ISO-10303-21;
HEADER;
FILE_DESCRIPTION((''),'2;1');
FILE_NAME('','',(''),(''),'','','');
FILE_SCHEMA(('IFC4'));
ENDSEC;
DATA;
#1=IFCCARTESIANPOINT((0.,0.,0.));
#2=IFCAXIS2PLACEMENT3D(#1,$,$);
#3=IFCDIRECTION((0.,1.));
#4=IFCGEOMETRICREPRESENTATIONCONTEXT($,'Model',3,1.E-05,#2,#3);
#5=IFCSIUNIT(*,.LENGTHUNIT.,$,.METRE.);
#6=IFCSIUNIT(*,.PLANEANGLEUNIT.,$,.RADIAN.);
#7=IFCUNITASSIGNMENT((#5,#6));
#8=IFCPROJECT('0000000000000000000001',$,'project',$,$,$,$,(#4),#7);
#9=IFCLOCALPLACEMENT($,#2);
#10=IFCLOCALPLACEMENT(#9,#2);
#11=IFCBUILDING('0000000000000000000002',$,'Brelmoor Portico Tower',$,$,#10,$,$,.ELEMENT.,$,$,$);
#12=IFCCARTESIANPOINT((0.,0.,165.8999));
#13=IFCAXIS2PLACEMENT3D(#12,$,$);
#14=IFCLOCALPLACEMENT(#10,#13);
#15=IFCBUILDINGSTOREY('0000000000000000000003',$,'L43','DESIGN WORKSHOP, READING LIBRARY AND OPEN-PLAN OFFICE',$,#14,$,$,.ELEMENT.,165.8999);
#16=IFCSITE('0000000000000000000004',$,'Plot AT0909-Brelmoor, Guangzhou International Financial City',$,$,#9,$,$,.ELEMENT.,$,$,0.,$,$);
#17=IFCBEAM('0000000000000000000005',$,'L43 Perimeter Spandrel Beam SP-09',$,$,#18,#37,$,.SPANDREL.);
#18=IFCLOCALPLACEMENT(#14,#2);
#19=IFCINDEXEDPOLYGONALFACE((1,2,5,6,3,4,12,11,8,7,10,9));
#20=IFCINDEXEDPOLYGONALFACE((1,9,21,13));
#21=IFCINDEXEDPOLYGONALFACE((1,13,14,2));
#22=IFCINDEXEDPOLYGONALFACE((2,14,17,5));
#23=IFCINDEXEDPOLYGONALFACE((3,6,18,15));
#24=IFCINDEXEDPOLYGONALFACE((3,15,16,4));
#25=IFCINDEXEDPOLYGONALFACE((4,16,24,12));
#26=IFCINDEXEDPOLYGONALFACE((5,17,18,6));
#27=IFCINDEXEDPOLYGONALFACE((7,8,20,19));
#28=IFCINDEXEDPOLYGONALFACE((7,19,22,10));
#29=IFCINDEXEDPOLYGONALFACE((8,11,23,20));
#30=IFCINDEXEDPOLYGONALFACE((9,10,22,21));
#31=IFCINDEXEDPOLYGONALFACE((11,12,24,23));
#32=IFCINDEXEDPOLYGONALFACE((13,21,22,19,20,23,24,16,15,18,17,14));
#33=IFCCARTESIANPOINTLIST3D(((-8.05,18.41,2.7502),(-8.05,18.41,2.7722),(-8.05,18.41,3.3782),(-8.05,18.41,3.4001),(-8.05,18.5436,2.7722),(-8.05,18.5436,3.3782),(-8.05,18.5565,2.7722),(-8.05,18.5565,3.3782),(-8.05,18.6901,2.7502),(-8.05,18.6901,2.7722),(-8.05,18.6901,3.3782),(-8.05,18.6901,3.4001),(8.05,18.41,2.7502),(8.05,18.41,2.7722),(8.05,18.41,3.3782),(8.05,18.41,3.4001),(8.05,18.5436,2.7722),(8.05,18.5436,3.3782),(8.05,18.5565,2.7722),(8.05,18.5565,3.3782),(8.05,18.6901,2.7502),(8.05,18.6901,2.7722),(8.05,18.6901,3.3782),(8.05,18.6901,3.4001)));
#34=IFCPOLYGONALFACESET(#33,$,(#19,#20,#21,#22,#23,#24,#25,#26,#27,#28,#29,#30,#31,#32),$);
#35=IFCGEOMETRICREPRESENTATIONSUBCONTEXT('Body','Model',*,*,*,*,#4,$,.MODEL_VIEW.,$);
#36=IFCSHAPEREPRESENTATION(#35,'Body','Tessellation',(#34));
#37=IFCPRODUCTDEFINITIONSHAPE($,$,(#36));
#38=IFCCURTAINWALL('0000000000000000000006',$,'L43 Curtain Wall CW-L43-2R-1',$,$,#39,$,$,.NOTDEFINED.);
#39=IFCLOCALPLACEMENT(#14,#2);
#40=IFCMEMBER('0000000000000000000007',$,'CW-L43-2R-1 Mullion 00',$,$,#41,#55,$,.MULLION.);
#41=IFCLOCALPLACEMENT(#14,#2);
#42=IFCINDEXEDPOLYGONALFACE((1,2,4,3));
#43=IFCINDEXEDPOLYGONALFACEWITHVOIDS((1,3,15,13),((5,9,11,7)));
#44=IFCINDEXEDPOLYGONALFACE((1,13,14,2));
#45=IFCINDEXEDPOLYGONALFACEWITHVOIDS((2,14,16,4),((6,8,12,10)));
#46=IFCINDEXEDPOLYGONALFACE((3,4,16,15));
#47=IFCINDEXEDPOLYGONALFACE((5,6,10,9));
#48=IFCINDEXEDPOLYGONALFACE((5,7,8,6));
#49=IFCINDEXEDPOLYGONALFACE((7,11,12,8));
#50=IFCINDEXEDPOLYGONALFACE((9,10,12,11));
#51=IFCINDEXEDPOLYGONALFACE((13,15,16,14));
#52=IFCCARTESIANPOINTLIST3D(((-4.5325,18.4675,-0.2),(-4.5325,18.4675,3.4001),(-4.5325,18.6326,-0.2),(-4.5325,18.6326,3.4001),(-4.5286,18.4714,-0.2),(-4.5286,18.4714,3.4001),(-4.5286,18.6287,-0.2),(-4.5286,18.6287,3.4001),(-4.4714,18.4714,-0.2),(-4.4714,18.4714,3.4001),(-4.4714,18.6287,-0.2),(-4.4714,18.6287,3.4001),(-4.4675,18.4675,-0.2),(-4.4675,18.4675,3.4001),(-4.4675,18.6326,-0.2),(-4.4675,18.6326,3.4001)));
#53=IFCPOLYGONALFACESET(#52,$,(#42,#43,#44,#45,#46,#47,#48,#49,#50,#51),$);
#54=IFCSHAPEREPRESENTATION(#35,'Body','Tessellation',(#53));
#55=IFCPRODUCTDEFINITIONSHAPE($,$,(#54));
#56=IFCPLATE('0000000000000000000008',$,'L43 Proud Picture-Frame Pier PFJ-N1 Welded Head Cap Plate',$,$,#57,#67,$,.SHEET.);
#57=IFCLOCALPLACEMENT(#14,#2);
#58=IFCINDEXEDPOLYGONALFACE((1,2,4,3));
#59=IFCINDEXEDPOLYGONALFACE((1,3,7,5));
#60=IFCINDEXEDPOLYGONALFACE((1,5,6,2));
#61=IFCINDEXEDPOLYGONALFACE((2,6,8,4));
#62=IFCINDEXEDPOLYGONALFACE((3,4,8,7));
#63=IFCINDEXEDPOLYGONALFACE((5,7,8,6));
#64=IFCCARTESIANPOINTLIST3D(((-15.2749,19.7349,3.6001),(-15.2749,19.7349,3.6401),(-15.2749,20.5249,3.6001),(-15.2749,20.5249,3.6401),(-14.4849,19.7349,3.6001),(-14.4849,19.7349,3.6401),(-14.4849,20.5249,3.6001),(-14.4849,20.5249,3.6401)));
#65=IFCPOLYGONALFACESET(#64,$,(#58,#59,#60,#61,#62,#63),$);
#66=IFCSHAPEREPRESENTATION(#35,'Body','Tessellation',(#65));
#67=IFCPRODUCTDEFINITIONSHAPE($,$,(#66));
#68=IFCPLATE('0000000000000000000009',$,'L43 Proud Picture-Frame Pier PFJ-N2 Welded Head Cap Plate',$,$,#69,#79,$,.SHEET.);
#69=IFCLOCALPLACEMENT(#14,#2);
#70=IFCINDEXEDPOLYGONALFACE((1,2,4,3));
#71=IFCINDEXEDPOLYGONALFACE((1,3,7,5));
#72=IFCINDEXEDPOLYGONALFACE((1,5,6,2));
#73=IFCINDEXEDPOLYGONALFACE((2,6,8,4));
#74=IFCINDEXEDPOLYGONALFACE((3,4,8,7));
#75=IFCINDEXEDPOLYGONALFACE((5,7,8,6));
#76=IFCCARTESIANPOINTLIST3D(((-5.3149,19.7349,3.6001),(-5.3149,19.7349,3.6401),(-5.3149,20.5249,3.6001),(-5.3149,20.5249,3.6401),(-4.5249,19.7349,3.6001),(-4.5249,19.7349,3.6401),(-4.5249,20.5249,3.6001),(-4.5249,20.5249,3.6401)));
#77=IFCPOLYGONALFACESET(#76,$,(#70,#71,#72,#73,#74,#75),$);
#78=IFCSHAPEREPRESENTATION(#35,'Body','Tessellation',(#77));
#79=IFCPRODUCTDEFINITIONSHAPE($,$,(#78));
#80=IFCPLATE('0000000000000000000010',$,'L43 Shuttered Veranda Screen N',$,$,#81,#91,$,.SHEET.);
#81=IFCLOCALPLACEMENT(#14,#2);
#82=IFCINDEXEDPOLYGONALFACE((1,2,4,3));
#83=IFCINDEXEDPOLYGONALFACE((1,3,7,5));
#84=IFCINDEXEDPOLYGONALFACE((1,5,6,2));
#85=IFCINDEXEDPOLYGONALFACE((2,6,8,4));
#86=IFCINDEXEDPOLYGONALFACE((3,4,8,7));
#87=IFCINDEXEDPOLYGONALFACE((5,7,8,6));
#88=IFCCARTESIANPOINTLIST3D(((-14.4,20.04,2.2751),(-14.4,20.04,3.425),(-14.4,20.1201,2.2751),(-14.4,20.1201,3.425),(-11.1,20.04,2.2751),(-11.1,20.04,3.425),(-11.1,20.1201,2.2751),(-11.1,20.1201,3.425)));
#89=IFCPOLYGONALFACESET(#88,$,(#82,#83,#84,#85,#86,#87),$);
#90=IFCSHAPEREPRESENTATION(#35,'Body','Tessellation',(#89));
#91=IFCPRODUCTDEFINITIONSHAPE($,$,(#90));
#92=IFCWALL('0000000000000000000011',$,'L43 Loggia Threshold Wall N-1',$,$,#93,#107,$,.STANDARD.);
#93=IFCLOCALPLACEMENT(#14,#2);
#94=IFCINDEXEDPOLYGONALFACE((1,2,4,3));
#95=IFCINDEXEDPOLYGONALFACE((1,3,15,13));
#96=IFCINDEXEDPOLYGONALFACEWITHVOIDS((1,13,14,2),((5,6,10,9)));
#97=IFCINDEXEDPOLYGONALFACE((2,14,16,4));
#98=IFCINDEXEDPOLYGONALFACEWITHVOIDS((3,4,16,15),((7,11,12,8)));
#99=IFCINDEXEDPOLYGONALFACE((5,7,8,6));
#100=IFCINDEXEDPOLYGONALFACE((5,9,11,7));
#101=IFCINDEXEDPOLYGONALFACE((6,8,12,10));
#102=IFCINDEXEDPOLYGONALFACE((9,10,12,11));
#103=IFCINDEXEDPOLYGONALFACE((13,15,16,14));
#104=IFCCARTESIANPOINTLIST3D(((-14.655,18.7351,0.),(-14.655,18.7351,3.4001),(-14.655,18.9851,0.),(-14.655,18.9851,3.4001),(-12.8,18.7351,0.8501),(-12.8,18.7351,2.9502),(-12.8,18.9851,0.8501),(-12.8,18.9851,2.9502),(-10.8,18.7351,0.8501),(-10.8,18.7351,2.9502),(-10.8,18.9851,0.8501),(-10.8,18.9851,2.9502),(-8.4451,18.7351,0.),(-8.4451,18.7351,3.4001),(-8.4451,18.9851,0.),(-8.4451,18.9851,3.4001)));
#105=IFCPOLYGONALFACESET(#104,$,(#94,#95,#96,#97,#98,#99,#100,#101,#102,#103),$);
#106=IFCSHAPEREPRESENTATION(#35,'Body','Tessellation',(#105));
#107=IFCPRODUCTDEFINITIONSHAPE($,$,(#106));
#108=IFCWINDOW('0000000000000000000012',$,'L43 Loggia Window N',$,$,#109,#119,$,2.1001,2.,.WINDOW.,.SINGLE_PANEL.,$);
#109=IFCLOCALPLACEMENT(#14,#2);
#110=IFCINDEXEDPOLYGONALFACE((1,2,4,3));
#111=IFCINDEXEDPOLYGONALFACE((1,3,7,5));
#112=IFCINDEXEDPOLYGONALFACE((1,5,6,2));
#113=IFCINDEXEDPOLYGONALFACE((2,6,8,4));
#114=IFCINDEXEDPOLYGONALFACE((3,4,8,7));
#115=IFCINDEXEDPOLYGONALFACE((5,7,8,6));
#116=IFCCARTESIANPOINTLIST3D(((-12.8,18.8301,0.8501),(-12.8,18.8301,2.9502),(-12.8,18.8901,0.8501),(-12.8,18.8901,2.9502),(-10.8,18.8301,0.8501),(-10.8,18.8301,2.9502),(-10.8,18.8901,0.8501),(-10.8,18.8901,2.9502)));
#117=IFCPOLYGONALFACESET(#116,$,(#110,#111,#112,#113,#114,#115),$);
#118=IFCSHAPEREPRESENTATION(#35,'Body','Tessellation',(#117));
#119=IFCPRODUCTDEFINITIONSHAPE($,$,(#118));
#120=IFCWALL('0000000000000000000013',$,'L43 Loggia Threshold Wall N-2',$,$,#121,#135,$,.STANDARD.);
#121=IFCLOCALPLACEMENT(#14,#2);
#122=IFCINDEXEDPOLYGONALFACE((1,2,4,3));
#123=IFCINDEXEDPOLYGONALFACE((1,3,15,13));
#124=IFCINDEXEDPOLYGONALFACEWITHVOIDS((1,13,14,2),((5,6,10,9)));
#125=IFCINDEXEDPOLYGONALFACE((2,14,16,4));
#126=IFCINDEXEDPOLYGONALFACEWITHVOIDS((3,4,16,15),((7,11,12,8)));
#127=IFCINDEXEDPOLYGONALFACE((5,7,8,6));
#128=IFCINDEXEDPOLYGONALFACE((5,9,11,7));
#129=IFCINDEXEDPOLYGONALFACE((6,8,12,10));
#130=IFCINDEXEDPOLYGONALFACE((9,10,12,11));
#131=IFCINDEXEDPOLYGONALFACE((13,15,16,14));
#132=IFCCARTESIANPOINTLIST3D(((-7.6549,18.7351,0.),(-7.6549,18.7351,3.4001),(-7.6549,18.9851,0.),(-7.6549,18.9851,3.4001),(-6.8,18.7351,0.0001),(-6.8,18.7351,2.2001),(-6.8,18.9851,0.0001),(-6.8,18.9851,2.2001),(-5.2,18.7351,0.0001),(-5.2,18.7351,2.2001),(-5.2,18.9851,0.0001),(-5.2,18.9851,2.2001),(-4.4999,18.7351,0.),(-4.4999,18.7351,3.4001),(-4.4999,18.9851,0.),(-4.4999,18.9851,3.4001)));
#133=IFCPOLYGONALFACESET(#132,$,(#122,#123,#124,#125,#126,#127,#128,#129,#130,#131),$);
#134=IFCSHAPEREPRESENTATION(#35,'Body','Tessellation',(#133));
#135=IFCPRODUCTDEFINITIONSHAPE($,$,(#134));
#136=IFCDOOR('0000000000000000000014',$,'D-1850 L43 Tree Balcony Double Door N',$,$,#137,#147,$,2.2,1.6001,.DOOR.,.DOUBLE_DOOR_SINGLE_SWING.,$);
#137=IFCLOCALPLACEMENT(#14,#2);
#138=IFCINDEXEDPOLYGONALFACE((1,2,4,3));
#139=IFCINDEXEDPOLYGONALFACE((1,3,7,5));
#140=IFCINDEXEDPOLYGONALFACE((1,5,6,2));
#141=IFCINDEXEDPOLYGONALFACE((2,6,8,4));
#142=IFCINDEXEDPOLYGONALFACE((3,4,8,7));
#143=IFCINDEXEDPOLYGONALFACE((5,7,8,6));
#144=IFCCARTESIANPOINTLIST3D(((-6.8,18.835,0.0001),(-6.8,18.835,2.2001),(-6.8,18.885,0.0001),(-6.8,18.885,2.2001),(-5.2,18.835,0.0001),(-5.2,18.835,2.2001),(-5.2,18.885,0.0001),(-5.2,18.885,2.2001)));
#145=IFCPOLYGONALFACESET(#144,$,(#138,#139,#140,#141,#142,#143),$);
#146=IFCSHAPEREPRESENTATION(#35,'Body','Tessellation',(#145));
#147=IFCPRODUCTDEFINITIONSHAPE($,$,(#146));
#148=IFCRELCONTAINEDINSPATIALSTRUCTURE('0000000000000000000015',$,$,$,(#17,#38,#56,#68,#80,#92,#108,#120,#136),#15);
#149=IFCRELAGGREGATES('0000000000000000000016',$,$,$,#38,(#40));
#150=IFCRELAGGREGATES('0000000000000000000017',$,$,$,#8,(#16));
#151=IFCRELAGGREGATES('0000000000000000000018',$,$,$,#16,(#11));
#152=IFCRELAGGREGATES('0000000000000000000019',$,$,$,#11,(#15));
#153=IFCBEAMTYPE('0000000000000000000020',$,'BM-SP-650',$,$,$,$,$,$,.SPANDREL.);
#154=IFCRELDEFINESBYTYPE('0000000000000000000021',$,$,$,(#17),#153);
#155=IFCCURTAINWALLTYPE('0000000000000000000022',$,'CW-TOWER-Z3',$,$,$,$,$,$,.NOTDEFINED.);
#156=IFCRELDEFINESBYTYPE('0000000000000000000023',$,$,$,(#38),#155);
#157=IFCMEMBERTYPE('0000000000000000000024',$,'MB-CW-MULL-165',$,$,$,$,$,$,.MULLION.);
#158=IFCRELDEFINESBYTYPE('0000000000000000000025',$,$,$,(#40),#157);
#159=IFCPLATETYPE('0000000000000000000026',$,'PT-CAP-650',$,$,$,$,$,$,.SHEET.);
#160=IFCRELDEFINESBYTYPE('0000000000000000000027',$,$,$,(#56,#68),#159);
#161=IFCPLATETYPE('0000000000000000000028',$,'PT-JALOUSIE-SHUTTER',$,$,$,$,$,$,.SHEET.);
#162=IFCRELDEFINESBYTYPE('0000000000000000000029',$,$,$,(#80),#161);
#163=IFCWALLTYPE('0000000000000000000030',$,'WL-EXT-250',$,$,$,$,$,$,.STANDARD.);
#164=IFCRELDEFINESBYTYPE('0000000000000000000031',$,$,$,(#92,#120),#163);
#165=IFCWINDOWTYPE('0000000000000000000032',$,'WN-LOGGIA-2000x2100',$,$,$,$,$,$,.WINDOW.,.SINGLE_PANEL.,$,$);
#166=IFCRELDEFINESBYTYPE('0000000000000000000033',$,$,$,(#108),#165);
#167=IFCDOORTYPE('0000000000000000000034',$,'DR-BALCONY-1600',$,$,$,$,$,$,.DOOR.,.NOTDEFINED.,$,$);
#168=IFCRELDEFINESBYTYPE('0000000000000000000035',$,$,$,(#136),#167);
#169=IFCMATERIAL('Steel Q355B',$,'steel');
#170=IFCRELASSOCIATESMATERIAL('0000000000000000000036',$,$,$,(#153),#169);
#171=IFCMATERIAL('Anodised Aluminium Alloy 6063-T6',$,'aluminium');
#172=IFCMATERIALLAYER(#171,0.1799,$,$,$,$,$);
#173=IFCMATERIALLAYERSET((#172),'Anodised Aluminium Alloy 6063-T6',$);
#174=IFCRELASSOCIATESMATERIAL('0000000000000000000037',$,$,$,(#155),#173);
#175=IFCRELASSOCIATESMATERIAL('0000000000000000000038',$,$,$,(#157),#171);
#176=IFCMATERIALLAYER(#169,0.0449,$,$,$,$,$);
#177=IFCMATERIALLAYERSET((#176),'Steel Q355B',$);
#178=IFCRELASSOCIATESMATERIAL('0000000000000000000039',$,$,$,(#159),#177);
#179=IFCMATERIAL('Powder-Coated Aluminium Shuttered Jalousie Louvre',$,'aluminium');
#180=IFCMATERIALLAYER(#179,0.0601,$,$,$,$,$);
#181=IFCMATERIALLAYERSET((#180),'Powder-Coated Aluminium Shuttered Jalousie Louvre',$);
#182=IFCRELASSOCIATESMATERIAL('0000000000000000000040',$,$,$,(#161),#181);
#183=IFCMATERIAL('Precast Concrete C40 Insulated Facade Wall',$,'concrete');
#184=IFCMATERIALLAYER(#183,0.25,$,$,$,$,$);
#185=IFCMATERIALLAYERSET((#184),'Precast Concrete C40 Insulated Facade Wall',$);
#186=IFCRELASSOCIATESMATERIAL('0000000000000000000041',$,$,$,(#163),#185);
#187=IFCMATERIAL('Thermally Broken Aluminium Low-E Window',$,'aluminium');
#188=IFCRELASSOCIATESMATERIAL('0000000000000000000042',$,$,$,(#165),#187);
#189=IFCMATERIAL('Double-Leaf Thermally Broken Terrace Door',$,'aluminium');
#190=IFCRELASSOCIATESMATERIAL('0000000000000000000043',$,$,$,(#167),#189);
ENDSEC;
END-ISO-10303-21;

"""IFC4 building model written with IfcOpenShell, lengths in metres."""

from ifc_helpers import new_model, si_unit, direction, frame, frame_2d, origin, origin_2d, place, context, subcontext, project, spatial, rectangle, hollow_rectangle, i_section, extrude, material, layer, layer_set, material_profile, profile_set, type_object, element, fill, aggregate, save


model = new_model("IFC4")

# Units and contexts
model_context = context("Model", 3, precision=1e-05, world=origin(), true_north=direction((0.0, 1.0)))
body_context = subcontext(model_context, "Body", "Model", "MODEL_VIEW")
ifc_project = project(units=[si_unit("LENGTHUNIT", "METRE"), si_unit("PLANEANGLEUNIT", "RADIAN")], contexts=[model_context])

# Site, building, storey
site_placement = place(None, origin())
site = spatial("IfcSite", under=ifc_project, at=site_placement, Name="Plot AT0909-Brelmoor, Guangzhou International Financial City", CompositionType="ELEMENT", RefElevation=0.0)
building_placement = place(site_placement, origin())
building = spatial("IfcBuilding", under=site, at=building_placement, Name="Brelmoor Portico Tower", CompositionType="ELEMENT")
storey_placement = place(building_placement, frame((0.0, 0.0, 165.8999)))
storey = spatial("IfcBuildingStorey", under=building, at=storey_placement, Name="L43", Description="DESIGN WORKSHOP, READING LIBRARY AND OPEN-PLAN OFFICE", CompositionType="ELEMENT", Elevation=165.8999)

# Shared definitions
ifc_material_1 = material(Name="Steel Q355B", Category="steel")

# Beam
ifc_material_profile_1 = material_profile(ifc_material_1, i_section(OverallWidth=0.28, OverallDepth=0.6499, WebThickness=0.0129, FlangeThickness=0.022, at=origin_2d()), Name="HN 650x280x13x22")
ifc_profile_set_1 = profile_set([ifc_material_profile_1], Name="Steel Q355B")
beam_type_1 = type_object("IfcBeamType", Name="BM-SP-650", PredefinedType="SPANDREL", material=ifc_profile_set_1)
beam_1_placement = place(storey_placement, frame((-8.05, 18.55, 3.0752), z_axis=(1.0, 0.0, 0.0), x_axis=(0.0, 1.0, 0.0)))
element("IfcBeam", 1, at=beam_1_placement, inside=storey, type_object=beam_type_1, Name="L43 Perimeter Spandrel Beam SP-09", PredefinedType="SPANDREL", context=body_context, shape_type="SweptSolid", body=[
    extrude(i_section(OverallWidth=0.28, OverallDepth=0.6499, WebThickness=0.0129, FlangeThickness=0.022, at=origin_2d()), origin(), (0.0, 0.0, 1.0), 16.1001),
])

# Curtain wall, member
ifc_material_2 = material(Name="Anodised Aluminium Alloy 6063-T6", Category="aluminium")
ifc_layer_1 = layer(ifc_material_2, 0.1799)
ifc_layer_set_1 = layer_set([ifc_layer_1], Name="Anodised Aluminium Alloy 6063-T6")
curtain_wall_type = type_object("IfcCurtainWallType", Name="CW-TOWER-Z3", PredefinedType="NOTDEFINED", material=ifc_layer_set_1)
curtain_wall_placement = place(storey_placement, origin())
curtain_wall = element("IfcCurtainWall", 2, at=curtain_wall_placement, inside=storey, type_object=curtain_wall_type, Name="L43 Curtain Wall CW-L43-2R-1", PredefinedType="NOTDEFINED")
ifc_material_profile_2 = material_profile(ifc_material_2, hollow_rectangle(XDim=0.0649, YDim=0.165, WallThickness=0.0039, at=origin_2d()), Name="ALU MULLION 65x165")
ifc_profile_set_2 = profile_set([ifc_material_profile_2], Name="Anodised Aluminium Alloy 6063-T6")
member_type = type_object("IfcMemberType", Name="MB-CW-MULL-165", PredefinedType="MULLION", material=ifc_profile_set_2)
member_placement = place(storey_placement, frame((-4.5, 18.55, -0.2), z_axis=(0.0, 0.0, 1.0), x_axis=(1.0, 0.0, 0.0)))
member = element("IfcMember", 3, at=member_placement, type_object=member_type, Name="CW-L43-2R-1 Mullion 00", PredefinedType="MULLION", context=body_context, shape_type="SweptSolid", body=[
    extrude(hollow_rectangle(XDim=0.0649, YDim=0.165, WallThickness=0.0039, at=origin_2d()), origin(), (0.0, 0.0, 1.0), 3.6001),
])
aggregate(curtain_wall, [member])

# Plates
ifc_layer_2 = layer(ifc_material_1, 0.0449)
ifc_layer_set_2 = layer_set([ifc_layer_2], Name="Steel Q355B")
plate_type_1 = type_object("IfcPlateType", Name="PT-CAP-650", PredefinedType="SHEET", material=ifc_layer_set_2)
for number, where, z_axis, x_axis, name in (
    (4, (-14.8799, 20.1299, 3.6001), (0.0, 0.0, 1.0), (1.0, 0.0, 0.0), "L43 Proud Picture-Frame Pier PFJ-N1 Welded Head Cap Plate"),
    (5, (-4.9199, 20.1299, 3.6001), (0.0, 0.0, 1.0), (1.0, 0.0, 0.0), "L43 Proud Picture-Frame Pier PFJ-N2 Welded Head Cap Plate"),
):
    element("IfcPlate", number, at=place(storey_placement, frame(where, z_axis=z_axis, x_axis=x_axis)), inside=storey, type_object=plate_type_1, Name=name, PredefinedType="SHEET", context=body_context, shape_type="SweptSolid", body=[
        extrude(rectangle(XDim=0.79, YDim=0.79, at=origin_2d()), origin(), (0.0, 0.0, 1.0), 0.04),
    ])
ifc_material_3 = material(Name="Powder-Coated Aluminium Shuttered Jalousie Louvre", Category="aluminium")
ifc_layer_3 = layer(ifc_material_3, 0.0601)
ifc_layer_set_3 = layer_set([ifc_layer_3], Name="Powder-Coated Aluminium Shuttered Jalousie Louvre")
plate_type_2 = type_object("IfcPlateType", Name="PT-JALOUSIE-SHUTTER", PredefinedType="SHEET", material=ifc_layer_set_3)
plate_placement = place(storey_placement, frame((-12.75, 20.0801, 2.2751), z_axis=(0.0, 0.0, 1.0), x_axis=(1.0, 0.0, 0.0)))
element("IfcPlate", 6, at=plate_placement, inside=storey, type_object=plate_type_2, Name="L43 Shuttered Veranda Screen N", PredefinedType="SHEET", context=body_context, shape_type="SweptSolid", body=[
    extrude(rectangle(XDim=3.3, YDim=0.0801, at=origin_2d()), origin(), (0.0, 0.0, 1.0), 1.1499),
])

# Wall, opening, window
ifc_material_4 = material(Name="Precast Concrete C40 Insulated Facade Wall", Category="concrete")
ifc_layer_4 = layer(ifc_material_4, 0.25)
ifc_layer_set_4 = layer_set([ifc_layer_4], Name="Precast Concrete C40 Insulated Facade Wall")
wall_type_1 = type_object("IfcWallType", Name="WL-EXT-250", PredefinedType="STANDARD", material=ifc_layer_set_4)
wall_1_placement = place(storey_placement, frame((-14.655, 18.8601, 0.0), z_axis=(0.0, 0.0, 1.0), x_axis=(1.0, 0.0, 0.0)))
wall_1 = element("IfcWall", 7, at=wall_1_placement, inside=storey, type_object=wall_type_1, Name="L43 Loggia Threshold Wall N-1", PredefinedType="STANDARD", context=body_context, shape_type="SweptSolid", body=[
    extrude(rectangle(XDim=6.21, YDim=0.25, at=frame_2d((3.105, 0.0))), origin(), (0.0, 0.0, 1.0), 3.4001),
])
opening_1_placement = place(wall_1_placement, frame((1.855, 0.0, 0.8501)))
opening_1 = element("IfcOpeningElement", 8, at=opening_1_placement, cuts=wall_1, PredefinedType="OPENING", context=body_context, shape_type="SweptSolid", body=[
    extrude(rectangle(XDim=2.0, YDim=2.1001, at=frame_2d((1.0, 1.05))), frame((0.0, 0.135, 0.0), z_axis=(0.0, -1.0, 0.0), x_axis=(1.0, 0.0, 0.0)), (0.0, 0.0, 1.0), 0.27),
])
ifc_material_5 = material(Name="Thermally Broken Aluminium Low-E Window", Category="aluminium")
window_type = type_object("IfcWindowType", Name="WN-LOGGIA-2000x2100", PartitioningType="SINGLE_PANEL", PredefinedType="WINDOW", material=ifc_material_5)
window_placement = place(opening_1_placement, origin())
window = element("IfcWindow", 9, at=window_placement, inside=storey, type_object=window_type, Name="L43 Loggia Window N", OverallHeight=2.1001, OverallWidth=2.0, PartitioningType="SINGLE_PANEL", PredefinedType="WINDOW", context=body_context, shape_type="SweptSolid", body=[
    extrude(rectangle(XDim=2.0, YDim=2.1001, at=frame_2d((1.0, 1.05))), frame((0.0, 0.03, 0.0), z_axis=(0.0, -1.0, 0.0), x_axis=(1.0, 0.0, 0.0)), (0.0, 0.0, 1.0), 0.0601),
])
fill(opening_1, window)

# Wall, opening, door
wall_2_placement = place(storey_placement, frame((-7.655, 18.8601, 0.0), z_axis=(0.0, 0.0, 1.0), x_axis=(1.0, 0.0, 0.0)))
wall_2 = element("IfcWall", 10, at=wall_2_placement, inside=storey, type_object=wall_type_1, Name="L43 Loggia Threshold Wall N-2", PredefinedType="STANDARD", context=body_context, shape_type="SweptSolid", body=[
    extrude(rectangle(XDim=3.155, YDim=0.25, at=frame_2d((1.5776, 0.0))), origin(), (0.0, 0.0, 1.0), 3.4001),
])
opening_2_placement = place(wall_2_placement, frame((0.855, 0.0, 0.0)))
opening_2 = element("IfcOpeningElement", 11, at=opening_2_placement, cuts=wall_2, PredefinedType="OPENING", context=body_context, shape_type="SweptSolid", body=[
    extrude(rectangle(XDim=1.6001, YDim=2.2, at=frame_2d((0.8, 1.1001))), frame((0.0, 0.135, 0.0), z_axis=(0.0, -1.0, 0.0), x_axis=(1.0, 0.0, 0.0)), (0.0, 0.0, 1.0), 0.27),
])
ifc_material_6 = material(Name="Double-Leaf Thermally Broken Terrace Door", Category="aluminium")
door_type_1 = type_object("IfcDoorType", Name="DR-BALCONY-1600", OperationType="NOTDEFINED", PredefinedType="DOOR", material=ifc_material_6)
door_1_placement = place(opening_2_placement, origin())
door_1 = element("IfcDoor", 12, at=door_1_placement, inside=storey, type_object=door_type_1, Name="D-1850 L43 Tree Balcony Double Door N", OperationType="DOUBLE_DOOR_SINGLE_SWING", OverallHeight=2.2, OverallWidth=1.6001, PredefinedType="DOOR", context=body_context, shape_type="SweptSolid", body=[
    extrude(rectangle(XDim=1.6001, YDim=2.2, at=frame_2d((0.8, 1.1001))), frame((0.0, 0.0249, 0.0), z_axis=(0.0, -1.0, 0.0), x_axis=(1.0, 0.0, 0.0)), (0.0, 0.0, 1.0), 0.05),
])
fill(opening_2, door_1)

save(model, "model.ifc")
